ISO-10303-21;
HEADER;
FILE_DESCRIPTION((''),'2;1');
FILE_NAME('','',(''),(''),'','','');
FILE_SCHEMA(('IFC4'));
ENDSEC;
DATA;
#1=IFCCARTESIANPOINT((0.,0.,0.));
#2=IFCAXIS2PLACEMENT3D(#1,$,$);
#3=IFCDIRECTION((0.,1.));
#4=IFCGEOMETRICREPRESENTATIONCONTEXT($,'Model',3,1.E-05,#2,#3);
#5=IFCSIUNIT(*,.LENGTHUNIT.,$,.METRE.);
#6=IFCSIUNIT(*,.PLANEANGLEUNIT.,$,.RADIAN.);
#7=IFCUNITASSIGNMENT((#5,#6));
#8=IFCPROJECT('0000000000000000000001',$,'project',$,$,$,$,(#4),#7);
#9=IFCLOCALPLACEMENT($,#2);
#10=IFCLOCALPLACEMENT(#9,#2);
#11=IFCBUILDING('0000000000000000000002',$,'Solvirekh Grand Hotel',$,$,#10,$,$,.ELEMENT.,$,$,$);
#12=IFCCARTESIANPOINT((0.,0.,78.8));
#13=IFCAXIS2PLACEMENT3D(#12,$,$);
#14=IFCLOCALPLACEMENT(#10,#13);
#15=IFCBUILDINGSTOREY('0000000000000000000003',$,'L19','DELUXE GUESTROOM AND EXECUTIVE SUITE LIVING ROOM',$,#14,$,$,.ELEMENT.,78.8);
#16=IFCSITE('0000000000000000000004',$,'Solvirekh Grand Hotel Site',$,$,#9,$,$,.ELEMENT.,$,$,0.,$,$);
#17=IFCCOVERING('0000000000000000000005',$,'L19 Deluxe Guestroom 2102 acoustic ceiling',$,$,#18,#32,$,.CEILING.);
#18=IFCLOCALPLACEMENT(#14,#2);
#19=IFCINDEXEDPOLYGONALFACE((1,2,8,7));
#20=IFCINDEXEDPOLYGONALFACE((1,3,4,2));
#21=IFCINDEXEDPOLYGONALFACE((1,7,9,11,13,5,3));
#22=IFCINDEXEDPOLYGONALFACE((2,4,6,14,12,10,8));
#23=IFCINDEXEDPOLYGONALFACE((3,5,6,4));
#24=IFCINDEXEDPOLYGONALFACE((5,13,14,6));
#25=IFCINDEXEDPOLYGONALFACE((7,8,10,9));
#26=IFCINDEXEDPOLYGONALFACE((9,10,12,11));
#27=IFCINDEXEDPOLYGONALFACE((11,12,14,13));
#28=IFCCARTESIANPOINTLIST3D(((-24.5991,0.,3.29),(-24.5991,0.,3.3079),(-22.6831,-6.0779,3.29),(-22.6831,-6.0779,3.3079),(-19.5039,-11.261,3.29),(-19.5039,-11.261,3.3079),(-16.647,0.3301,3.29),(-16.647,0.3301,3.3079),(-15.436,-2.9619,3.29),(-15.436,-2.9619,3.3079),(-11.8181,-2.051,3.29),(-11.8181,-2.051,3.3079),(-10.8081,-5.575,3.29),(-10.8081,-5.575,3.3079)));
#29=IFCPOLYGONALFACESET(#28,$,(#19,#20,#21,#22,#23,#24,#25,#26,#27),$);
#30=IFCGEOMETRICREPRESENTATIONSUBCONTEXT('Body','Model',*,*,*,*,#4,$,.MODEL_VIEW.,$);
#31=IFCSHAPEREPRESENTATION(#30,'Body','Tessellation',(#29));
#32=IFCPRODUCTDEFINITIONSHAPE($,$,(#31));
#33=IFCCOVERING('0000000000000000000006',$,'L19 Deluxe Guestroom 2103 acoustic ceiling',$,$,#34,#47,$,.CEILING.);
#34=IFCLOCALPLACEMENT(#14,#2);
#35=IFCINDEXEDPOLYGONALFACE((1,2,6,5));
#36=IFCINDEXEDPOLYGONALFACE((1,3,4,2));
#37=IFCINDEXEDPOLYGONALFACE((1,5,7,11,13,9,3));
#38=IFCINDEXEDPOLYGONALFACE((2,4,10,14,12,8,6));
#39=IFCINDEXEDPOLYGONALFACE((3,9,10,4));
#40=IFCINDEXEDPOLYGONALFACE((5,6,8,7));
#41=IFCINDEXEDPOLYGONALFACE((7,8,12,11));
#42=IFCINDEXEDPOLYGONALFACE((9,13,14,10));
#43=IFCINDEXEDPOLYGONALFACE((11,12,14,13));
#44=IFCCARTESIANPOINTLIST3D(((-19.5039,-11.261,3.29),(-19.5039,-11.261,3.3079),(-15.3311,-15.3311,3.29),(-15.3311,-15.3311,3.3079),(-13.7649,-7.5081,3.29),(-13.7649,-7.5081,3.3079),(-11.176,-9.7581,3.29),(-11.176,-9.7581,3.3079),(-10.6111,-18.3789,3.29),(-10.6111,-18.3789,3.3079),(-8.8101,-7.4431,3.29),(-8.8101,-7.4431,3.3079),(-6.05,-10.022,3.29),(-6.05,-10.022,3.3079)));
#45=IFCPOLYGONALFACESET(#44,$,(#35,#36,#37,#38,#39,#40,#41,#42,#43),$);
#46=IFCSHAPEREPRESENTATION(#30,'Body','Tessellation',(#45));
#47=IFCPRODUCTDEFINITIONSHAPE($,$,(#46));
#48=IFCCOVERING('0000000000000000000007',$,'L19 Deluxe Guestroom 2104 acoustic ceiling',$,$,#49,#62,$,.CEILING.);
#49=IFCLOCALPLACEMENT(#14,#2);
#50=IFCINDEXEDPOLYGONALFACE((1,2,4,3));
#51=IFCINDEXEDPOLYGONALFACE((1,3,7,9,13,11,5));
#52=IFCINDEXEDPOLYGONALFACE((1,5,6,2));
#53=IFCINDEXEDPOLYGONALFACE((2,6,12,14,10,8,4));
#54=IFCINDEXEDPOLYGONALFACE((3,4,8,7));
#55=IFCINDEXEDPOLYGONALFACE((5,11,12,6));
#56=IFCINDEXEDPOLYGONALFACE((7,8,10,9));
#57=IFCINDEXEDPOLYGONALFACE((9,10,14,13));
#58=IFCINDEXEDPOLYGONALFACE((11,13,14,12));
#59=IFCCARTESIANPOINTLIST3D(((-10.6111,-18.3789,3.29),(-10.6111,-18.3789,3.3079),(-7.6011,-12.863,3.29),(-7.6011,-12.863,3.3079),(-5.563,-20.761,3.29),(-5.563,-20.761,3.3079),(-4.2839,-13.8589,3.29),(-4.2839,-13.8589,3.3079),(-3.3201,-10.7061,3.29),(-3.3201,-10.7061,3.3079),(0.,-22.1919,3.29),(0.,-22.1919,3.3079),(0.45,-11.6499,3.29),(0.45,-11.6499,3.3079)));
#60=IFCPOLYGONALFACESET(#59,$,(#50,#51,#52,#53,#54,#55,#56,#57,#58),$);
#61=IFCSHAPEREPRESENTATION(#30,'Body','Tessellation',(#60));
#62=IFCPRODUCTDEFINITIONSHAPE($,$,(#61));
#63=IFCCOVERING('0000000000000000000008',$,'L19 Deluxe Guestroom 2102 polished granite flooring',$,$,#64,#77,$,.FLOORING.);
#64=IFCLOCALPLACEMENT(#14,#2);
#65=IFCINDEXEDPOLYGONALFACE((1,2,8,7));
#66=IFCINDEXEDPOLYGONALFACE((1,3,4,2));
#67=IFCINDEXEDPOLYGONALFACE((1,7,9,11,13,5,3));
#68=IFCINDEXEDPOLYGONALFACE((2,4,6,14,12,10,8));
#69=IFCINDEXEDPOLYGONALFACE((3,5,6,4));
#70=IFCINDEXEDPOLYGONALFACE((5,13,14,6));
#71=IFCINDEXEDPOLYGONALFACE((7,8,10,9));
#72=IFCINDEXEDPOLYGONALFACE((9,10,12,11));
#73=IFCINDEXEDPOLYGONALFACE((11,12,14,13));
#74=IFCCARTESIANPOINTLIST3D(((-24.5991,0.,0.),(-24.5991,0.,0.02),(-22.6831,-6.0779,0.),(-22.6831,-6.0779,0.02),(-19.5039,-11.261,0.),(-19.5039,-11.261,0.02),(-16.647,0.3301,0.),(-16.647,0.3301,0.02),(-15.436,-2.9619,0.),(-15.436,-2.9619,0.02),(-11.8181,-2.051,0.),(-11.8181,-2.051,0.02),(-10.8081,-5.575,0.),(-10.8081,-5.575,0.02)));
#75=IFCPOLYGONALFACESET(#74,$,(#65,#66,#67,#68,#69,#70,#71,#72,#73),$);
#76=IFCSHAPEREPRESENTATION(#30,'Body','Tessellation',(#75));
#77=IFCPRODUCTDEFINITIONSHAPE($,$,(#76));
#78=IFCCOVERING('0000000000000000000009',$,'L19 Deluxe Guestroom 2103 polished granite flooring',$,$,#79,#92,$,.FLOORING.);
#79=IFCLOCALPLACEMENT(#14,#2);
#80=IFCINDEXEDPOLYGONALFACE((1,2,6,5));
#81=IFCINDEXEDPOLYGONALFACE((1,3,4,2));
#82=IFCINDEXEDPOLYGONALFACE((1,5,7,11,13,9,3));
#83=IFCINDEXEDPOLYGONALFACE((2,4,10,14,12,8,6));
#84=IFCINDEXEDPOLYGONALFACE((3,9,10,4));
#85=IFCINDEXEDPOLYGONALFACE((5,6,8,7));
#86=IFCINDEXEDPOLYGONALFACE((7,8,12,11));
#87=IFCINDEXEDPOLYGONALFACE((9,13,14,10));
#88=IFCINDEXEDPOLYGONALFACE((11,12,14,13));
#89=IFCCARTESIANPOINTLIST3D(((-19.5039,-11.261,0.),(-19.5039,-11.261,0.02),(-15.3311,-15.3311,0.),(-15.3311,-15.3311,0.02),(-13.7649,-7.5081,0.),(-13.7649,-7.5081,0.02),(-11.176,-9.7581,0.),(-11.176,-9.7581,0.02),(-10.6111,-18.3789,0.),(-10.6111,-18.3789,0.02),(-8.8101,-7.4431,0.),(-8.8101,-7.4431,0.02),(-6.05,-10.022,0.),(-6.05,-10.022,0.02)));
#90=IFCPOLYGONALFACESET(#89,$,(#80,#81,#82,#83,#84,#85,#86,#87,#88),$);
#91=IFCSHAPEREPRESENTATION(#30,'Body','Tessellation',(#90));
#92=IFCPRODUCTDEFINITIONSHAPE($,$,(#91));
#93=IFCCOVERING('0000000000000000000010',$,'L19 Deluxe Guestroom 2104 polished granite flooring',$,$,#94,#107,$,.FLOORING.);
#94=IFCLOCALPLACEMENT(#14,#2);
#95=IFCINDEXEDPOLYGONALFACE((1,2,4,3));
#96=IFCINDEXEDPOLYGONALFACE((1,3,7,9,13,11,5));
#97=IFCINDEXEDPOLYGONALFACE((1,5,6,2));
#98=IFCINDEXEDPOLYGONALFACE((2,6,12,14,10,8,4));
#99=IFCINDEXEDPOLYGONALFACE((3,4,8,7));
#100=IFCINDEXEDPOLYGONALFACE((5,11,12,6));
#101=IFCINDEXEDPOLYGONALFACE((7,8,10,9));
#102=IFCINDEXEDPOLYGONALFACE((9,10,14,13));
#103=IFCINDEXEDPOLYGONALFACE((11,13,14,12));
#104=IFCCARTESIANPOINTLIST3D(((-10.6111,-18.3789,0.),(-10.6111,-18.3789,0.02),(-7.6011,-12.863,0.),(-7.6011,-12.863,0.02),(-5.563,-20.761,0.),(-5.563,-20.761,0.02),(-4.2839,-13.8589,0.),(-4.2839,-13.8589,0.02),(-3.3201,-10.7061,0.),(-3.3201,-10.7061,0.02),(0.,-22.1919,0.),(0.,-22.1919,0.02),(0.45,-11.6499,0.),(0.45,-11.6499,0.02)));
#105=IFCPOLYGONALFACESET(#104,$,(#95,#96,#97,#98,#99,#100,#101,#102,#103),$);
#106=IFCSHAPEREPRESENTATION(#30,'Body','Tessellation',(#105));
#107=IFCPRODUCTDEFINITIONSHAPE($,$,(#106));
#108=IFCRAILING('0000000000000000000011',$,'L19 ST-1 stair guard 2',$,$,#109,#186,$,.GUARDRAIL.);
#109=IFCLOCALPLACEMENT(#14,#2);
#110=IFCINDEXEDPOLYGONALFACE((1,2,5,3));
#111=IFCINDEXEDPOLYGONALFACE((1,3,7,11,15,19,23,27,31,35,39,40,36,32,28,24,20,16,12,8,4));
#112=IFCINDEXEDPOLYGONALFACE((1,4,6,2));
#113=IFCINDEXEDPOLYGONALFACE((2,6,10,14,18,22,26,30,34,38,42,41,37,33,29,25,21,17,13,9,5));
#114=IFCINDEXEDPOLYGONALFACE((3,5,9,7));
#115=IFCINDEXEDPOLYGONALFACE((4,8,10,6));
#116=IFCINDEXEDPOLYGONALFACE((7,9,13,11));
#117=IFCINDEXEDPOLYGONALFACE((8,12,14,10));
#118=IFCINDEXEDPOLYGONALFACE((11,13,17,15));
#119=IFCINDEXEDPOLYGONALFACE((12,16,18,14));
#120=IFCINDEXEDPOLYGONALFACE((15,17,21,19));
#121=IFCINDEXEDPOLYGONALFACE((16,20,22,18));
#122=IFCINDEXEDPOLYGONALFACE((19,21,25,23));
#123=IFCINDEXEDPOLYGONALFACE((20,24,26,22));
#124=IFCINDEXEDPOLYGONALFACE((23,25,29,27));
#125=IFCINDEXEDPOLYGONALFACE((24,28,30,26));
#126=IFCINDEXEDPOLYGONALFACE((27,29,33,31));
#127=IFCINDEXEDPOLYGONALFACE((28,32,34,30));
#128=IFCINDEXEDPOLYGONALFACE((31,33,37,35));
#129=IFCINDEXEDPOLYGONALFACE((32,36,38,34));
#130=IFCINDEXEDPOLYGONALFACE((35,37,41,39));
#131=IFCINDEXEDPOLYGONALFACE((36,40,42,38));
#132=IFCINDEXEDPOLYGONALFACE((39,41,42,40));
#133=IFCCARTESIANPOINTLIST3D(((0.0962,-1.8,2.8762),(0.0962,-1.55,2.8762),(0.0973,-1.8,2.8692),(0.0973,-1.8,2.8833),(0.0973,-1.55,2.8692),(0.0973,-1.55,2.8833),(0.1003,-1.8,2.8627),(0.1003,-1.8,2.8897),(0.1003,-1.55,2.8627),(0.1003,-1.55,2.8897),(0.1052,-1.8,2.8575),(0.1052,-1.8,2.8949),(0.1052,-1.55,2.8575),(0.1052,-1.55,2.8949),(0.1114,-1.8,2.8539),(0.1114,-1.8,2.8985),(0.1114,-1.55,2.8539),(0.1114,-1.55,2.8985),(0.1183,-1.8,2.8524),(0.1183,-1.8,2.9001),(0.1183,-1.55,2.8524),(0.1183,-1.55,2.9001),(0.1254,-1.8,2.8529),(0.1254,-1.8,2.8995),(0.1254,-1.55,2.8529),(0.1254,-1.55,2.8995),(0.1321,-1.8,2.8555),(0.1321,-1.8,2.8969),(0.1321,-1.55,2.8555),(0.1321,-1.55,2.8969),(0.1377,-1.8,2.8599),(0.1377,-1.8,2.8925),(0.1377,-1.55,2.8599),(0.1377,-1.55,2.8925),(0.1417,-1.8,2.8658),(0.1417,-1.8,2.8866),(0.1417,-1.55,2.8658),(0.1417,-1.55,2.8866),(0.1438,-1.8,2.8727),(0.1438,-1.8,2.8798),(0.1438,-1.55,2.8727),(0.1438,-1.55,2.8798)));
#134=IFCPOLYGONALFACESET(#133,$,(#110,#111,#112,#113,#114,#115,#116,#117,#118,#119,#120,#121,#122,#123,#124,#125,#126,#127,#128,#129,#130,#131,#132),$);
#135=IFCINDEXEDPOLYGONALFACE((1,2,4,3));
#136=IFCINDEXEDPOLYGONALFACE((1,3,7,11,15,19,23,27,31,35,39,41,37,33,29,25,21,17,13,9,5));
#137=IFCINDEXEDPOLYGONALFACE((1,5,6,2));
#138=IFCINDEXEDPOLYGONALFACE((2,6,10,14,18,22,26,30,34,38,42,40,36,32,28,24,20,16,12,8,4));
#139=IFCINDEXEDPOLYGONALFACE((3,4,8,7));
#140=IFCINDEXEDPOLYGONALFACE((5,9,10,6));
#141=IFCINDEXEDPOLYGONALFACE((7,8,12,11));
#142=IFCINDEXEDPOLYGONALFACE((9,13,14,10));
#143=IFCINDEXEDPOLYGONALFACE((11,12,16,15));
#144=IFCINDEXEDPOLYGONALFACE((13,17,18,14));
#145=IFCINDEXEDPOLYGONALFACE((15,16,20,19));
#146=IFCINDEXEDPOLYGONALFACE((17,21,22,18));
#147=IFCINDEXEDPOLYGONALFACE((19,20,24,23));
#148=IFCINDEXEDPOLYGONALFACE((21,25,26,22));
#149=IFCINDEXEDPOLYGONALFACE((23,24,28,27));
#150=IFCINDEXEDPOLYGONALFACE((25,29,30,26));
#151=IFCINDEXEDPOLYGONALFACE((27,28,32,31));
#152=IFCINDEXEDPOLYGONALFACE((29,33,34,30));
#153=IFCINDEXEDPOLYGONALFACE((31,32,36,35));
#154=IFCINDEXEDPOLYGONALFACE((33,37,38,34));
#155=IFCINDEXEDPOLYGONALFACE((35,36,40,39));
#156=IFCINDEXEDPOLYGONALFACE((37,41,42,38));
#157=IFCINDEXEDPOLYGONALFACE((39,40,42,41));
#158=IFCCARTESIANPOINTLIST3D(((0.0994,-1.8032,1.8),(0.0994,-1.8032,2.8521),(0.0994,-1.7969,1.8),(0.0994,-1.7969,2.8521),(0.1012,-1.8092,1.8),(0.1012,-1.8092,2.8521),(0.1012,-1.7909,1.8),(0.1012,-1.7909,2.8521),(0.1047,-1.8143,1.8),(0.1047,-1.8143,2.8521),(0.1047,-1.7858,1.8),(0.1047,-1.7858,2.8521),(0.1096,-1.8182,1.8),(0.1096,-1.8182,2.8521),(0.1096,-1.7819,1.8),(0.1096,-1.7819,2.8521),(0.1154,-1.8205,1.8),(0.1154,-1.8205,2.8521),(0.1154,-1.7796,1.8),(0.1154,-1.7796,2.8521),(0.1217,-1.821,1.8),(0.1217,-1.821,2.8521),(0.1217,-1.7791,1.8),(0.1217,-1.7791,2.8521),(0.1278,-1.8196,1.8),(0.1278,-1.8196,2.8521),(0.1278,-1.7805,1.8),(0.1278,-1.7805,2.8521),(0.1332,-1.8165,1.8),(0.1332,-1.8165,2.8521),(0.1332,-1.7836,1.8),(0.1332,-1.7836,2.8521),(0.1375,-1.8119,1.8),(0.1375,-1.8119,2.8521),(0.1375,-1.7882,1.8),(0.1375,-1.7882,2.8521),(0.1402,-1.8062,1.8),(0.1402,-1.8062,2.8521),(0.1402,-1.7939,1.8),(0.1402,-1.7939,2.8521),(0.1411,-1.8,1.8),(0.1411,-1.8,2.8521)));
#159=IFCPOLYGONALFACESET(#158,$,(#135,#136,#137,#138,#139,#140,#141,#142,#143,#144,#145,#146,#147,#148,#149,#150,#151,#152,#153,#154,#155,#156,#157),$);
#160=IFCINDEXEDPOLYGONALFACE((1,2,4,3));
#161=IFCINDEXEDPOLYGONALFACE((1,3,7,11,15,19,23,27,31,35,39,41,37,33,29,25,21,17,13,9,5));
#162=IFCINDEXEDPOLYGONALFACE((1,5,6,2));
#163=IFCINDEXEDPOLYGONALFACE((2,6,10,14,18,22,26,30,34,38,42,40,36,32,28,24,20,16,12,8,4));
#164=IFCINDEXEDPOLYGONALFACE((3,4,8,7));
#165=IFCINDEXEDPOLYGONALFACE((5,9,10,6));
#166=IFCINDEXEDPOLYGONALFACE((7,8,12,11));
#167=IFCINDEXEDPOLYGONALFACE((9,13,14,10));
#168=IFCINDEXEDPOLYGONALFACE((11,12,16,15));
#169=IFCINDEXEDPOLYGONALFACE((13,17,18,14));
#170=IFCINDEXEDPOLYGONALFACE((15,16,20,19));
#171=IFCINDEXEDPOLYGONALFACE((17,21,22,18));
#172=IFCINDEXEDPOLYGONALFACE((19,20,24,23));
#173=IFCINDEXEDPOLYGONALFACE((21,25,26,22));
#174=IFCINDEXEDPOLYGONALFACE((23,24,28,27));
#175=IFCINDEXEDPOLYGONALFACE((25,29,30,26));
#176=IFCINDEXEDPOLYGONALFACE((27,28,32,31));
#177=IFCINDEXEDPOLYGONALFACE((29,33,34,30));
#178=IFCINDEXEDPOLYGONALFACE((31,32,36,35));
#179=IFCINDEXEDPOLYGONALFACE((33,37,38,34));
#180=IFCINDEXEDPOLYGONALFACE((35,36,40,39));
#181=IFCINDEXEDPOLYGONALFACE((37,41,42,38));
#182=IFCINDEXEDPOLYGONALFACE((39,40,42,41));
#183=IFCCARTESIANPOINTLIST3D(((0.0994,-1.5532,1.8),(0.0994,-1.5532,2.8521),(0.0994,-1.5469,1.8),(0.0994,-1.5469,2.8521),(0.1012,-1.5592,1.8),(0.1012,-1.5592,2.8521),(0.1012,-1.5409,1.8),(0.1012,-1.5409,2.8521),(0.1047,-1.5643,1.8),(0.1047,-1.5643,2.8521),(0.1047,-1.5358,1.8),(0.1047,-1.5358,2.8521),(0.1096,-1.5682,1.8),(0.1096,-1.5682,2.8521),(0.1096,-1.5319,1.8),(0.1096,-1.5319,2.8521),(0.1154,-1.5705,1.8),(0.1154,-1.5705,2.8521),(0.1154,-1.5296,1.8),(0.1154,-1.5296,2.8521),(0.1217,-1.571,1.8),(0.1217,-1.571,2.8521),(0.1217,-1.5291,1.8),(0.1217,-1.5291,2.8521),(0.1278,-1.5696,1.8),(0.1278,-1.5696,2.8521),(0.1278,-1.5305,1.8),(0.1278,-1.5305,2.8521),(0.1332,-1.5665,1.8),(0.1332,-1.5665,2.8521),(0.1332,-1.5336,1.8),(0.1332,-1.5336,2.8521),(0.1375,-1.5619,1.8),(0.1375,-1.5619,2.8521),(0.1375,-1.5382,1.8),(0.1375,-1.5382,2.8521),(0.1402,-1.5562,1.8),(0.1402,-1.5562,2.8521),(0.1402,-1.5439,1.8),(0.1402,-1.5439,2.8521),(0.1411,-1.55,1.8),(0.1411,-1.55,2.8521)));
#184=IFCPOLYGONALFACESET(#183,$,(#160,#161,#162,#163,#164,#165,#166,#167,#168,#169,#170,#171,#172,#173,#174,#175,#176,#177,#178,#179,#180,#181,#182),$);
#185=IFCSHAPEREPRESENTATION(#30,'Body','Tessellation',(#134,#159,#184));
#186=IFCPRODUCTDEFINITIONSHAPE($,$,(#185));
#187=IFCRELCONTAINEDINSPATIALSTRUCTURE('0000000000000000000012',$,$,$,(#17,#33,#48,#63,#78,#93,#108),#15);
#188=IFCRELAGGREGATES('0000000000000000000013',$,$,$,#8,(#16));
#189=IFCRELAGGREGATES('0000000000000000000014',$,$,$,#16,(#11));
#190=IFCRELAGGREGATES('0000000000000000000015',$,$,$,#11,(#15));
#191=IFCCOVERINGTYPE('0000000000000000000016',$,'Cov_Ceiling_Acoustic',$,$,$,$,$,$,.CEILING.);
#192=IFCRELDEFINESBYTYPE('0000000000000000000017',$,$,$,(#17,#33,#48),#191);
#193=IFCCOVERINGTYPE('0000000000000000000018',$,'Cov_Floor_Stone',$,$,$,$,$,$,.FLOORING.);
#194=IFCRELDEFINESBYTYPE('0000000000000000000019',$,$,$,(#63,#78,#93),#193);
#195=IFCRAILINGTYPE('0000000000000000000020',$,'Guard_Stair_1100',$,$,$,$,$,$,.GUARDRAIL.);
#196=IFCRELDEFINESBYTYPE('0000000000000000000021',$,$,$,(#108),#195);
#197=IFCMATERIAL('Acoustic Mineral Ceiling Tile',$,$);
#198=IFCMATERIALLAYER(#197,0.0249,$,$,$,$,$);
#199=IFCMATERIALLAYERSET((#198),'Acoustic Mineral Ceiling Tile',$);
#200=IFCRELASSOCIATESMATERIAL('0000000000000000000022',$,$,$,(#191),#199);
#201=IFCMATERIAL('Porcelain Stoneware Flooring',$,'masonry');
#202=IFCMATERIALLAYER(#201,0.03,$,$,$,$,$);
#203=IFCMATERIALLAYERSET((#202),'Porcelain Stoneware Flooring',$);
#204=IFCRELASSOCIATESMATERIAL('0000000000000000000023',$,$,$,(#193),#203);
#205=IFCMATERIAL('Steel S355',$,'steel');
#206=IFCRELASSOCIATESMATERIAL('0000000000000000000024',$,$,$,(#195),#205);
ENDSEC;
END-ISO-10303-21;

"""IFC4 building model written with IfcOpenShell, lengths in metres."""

from ifc_helpers import new_model, si_unit, direction, frame, origin, origin_2d, place, context, subcontext, project, spatial, polyline, circle, outline, extrude, material, layer, layer_set, type_object, element, save


model = new_model("IFC4")

# Units and contexts
model_context = context("Model", 3, precision=1e-05, world=origin(), true_north=direction((0.0, 1.0)))
body_context = subcontext(model_context, "Body", "Model", "MODEL_VIEW")
ifc_project = project(units=[si_unit("LENGTHUNIT", "METRE"), si_unit("PLANEANGLEUNIT", "RADIAN")], contexts=[model_context])

# Site, building, storey
site_placement = place(None, origin())
site = spatial("IfcSite", under=ifc_project, at=site_placement, Name="Solvirekh Grand Hotel Site", CompositionType="ELEMENT", RefElevation=0.0)
building_placement = place(site_placement, origin())
building = spatial("IfcBuilding", under=site, at=building_placement, Name="Solvirekh Grand Hotel", CompositionType="ELEMENT")
storey_placement = place(building_placement, frame((0.0, 0.0, 78.8)))
storey = spatial("IfcBuildingStorey", under=building, at=storey_placement, Name="L19", Description="DELUXE GUESTROOM AND EXECUTIVE SUITE LIVING ROOM", CompositionType="ELEMENT", Elevation=78.8)

# Coverings
ifc_material_1 = material(Name="Acoustic Mineral Ceiling Tile")
ifc_layer_1 = layer(ifc_material_1, 0.0249)
ifc_layer_set_1 = layer_set([ifc_layer_1], Name="Acoustic Mineral Ceiling Tile")
covering_type_1 = type_object("IfcCoveringType", Name="Cov_Ceiling_Acoustic", PredefinedType="CEILING", material=ifc_layer_set_1)
covering_1_placement = place(storey_placement, frame((0.0, 0.0, 3.29)))
element("IfcCovering", 1, at=covering_1_placement, inside=storey, type_object=covering_type_1, Name="L19 Deluxe Guestroom 2102 acoustic ceiling", PredefinedType="CEILING", context=body_context, shape_type="SweptSolid", body=[
    extrude(outline(polyline([(-15.436, -2.9619), (-16.647, 0.3301), (-24.5991, 0.0), (-22.6831, -6.0779), (-19.5039, -11.261), (-10.8081, -5.575), (-11.8181, -2.051), (-15.436, -2.9619)])), origin(), (0.0, 0.0, 1.0), 0.0178),
])
covering_2_placement = place(storey_placement, frame((0.0, 0.0, 3.29)))
element("IfcCovering", 2, at=covering_2_placement, inside=storey, type_object=covering_type_1, Name="L19 Deluxe Guestroom 2103 acoustic ceiling", PredefinedType="CEILING", context=body_context, shape_type="SweptSolid", body=[
    extrude(outline(polyline([(-11.176, -9.7581), (-13.7649, -7.5081), (-19.5039, -11.261), (-15.3311, -15.3311), (-10.6111, -18.3789), (-6.05, -10.022), (-8.8101, -7.4431), (-11.176, -9.7581)])), origin(), (0.0, 0.0, 1.0), 0.0178),
])
covering_3_placement = place(storey_placement, frame((0.0, 0.0, 3.29)))
element("IfcCovering", 3, at=covering_3_placement, inside=storey, type_object=covering_type_1, Name="L19 Deluxe Guestroom 2104 acoustic ceiling", PredefinedType="CEILING", context=body_context, shape_type="SweptSolid", body=[
    extrude(outline(polyline([(-4.2839, -13.8589), (-7.6011, -12.863), (-10.6111, -18.3789), (-5.563, -20.761), (0.0, -22.1919), (0.45, -11.6499), (-3.3201, -10.7061), (-4.2839, -13.8589)])), origin(), (0.0, 0.0, 1.0), 0.0178),
])
ifc_material_2 = material(Name="Porcelain Stoneware Flooring", Category="masonry")
ifc_layer_2 = layer(ifc_material_2, 0.03)
ifc_layer_set_2 = layer_set([ifc_layer_2], Name="Porcelain Stoneware Flooring")
covering_type_2 = type_object("IfcCoveringType", Name="Cov_Floor_Stone", PredefinedType="FLOORING", material=ifc_layer_set_2)
covering_4_placement = place(storey_placement, origin())
element("IfcCovering", 4, at=covering_4_placement, inside=storey, type_object=covering_type_2, Name="L19 Deluxe Guestroom 2102 polished granite flooring", PredefinedType="FLOORING", context=body_context, shape_type="SweptSolid", body=[
    extrude(outline(polyline([(-15.436, -2.9619), (-16.647, 0.3301), (-24.5991, 0.0), (-22.6831, -6.0779), (-19.5039, -11.261), (-10.8081, -5.575), (-11.8181, -2.051), (-15.436, -2.9619)])), origin(), (0.0, 0.0, 1.0), 0.02),
])
covering_5_placement = place(storey_placement, origin())
element("IfcCovering", 5, at=covering_5_placement, inside=storey, type_object=covering_type_2, Name="L19 Deluxe Guestroom 2103 polished granite flooring", PredefinedType="FLOORING", context=body_context, shape_type="SweptSolid", body=[
    extrude(outline(polyline([(-11.176, -9.7581), (-13.7649, -7.5081), (-19.5039, -11.261), (-15.3311, -15.3311), (-10.6111, -18.3789), (-6.05, -10.022), (-8.8101, -7.4431), (-11.176, -9.7581)])), origin(), (0.0, 0.0, 1.0), 0.02),
])
covering_6_placement = place(storey_placement, origin())
element("IfcCovering", 6, at=covering_6_placement, inside=storey, type_object=covering_type_2, Name="L19 Deluxe Guestroom 2104 polished granite flooring", PredefinedType="FLOORING", context=body_context, shape_type="SweptSolid", body=[
    extrude(outline(polyline([(-4.2839, -13.8589), (-7.6011, -12.863), (-10.6111, -18.3789), (-5.563, -20.761), (0.0, -22.1919), (0.45, -11.6499), (-3.3201, -10.7061), (-4.2839, -13.8589)])), origin(), (0.0, 0.0, 1.0), 0.02),
])

# Railing
ifc_material_3 = material(Name="Steel S355", Category="steel")
railing_type_1 = type_object("IfcRailingType", Name="Guard_Stair_1100", PredefinedType="GUARDRAIL", material=ifc_material_3)
railing_1_placement = place(storey_placement, frame((0.1201, -1.8, 1.8)))
element("IfcRailing", 7, at=railing_1_placement, inside=storey, type_object=railing_type_1, Name="L19 ST-1 stair guard 2", PredefinedType="GUARDRAIL", context=body_context, shape_type="SweptSolid", body=[
    extrude(circle(Radius=0.0239, at=origin_2d()), frame((0.0, 0.0, 1.0762), z_axis=(0.0, 1.0, 0.0), x_axis=(-1.0, 0.0, 0.0)), (0.0, 0.0, 1.0), 0.25),
    extrude(circle(Radius=0.021, at=origin_2d()), origin(), (0.0, 0.0, 1.0), 1.052),
    extrude(circle(Radius=0.021, at=origin_2d()), frame((0.0, 0.25, 0.0)), (0.0, 0.0, 1.0), 1.052),
])

save(model, "model.ifc")
